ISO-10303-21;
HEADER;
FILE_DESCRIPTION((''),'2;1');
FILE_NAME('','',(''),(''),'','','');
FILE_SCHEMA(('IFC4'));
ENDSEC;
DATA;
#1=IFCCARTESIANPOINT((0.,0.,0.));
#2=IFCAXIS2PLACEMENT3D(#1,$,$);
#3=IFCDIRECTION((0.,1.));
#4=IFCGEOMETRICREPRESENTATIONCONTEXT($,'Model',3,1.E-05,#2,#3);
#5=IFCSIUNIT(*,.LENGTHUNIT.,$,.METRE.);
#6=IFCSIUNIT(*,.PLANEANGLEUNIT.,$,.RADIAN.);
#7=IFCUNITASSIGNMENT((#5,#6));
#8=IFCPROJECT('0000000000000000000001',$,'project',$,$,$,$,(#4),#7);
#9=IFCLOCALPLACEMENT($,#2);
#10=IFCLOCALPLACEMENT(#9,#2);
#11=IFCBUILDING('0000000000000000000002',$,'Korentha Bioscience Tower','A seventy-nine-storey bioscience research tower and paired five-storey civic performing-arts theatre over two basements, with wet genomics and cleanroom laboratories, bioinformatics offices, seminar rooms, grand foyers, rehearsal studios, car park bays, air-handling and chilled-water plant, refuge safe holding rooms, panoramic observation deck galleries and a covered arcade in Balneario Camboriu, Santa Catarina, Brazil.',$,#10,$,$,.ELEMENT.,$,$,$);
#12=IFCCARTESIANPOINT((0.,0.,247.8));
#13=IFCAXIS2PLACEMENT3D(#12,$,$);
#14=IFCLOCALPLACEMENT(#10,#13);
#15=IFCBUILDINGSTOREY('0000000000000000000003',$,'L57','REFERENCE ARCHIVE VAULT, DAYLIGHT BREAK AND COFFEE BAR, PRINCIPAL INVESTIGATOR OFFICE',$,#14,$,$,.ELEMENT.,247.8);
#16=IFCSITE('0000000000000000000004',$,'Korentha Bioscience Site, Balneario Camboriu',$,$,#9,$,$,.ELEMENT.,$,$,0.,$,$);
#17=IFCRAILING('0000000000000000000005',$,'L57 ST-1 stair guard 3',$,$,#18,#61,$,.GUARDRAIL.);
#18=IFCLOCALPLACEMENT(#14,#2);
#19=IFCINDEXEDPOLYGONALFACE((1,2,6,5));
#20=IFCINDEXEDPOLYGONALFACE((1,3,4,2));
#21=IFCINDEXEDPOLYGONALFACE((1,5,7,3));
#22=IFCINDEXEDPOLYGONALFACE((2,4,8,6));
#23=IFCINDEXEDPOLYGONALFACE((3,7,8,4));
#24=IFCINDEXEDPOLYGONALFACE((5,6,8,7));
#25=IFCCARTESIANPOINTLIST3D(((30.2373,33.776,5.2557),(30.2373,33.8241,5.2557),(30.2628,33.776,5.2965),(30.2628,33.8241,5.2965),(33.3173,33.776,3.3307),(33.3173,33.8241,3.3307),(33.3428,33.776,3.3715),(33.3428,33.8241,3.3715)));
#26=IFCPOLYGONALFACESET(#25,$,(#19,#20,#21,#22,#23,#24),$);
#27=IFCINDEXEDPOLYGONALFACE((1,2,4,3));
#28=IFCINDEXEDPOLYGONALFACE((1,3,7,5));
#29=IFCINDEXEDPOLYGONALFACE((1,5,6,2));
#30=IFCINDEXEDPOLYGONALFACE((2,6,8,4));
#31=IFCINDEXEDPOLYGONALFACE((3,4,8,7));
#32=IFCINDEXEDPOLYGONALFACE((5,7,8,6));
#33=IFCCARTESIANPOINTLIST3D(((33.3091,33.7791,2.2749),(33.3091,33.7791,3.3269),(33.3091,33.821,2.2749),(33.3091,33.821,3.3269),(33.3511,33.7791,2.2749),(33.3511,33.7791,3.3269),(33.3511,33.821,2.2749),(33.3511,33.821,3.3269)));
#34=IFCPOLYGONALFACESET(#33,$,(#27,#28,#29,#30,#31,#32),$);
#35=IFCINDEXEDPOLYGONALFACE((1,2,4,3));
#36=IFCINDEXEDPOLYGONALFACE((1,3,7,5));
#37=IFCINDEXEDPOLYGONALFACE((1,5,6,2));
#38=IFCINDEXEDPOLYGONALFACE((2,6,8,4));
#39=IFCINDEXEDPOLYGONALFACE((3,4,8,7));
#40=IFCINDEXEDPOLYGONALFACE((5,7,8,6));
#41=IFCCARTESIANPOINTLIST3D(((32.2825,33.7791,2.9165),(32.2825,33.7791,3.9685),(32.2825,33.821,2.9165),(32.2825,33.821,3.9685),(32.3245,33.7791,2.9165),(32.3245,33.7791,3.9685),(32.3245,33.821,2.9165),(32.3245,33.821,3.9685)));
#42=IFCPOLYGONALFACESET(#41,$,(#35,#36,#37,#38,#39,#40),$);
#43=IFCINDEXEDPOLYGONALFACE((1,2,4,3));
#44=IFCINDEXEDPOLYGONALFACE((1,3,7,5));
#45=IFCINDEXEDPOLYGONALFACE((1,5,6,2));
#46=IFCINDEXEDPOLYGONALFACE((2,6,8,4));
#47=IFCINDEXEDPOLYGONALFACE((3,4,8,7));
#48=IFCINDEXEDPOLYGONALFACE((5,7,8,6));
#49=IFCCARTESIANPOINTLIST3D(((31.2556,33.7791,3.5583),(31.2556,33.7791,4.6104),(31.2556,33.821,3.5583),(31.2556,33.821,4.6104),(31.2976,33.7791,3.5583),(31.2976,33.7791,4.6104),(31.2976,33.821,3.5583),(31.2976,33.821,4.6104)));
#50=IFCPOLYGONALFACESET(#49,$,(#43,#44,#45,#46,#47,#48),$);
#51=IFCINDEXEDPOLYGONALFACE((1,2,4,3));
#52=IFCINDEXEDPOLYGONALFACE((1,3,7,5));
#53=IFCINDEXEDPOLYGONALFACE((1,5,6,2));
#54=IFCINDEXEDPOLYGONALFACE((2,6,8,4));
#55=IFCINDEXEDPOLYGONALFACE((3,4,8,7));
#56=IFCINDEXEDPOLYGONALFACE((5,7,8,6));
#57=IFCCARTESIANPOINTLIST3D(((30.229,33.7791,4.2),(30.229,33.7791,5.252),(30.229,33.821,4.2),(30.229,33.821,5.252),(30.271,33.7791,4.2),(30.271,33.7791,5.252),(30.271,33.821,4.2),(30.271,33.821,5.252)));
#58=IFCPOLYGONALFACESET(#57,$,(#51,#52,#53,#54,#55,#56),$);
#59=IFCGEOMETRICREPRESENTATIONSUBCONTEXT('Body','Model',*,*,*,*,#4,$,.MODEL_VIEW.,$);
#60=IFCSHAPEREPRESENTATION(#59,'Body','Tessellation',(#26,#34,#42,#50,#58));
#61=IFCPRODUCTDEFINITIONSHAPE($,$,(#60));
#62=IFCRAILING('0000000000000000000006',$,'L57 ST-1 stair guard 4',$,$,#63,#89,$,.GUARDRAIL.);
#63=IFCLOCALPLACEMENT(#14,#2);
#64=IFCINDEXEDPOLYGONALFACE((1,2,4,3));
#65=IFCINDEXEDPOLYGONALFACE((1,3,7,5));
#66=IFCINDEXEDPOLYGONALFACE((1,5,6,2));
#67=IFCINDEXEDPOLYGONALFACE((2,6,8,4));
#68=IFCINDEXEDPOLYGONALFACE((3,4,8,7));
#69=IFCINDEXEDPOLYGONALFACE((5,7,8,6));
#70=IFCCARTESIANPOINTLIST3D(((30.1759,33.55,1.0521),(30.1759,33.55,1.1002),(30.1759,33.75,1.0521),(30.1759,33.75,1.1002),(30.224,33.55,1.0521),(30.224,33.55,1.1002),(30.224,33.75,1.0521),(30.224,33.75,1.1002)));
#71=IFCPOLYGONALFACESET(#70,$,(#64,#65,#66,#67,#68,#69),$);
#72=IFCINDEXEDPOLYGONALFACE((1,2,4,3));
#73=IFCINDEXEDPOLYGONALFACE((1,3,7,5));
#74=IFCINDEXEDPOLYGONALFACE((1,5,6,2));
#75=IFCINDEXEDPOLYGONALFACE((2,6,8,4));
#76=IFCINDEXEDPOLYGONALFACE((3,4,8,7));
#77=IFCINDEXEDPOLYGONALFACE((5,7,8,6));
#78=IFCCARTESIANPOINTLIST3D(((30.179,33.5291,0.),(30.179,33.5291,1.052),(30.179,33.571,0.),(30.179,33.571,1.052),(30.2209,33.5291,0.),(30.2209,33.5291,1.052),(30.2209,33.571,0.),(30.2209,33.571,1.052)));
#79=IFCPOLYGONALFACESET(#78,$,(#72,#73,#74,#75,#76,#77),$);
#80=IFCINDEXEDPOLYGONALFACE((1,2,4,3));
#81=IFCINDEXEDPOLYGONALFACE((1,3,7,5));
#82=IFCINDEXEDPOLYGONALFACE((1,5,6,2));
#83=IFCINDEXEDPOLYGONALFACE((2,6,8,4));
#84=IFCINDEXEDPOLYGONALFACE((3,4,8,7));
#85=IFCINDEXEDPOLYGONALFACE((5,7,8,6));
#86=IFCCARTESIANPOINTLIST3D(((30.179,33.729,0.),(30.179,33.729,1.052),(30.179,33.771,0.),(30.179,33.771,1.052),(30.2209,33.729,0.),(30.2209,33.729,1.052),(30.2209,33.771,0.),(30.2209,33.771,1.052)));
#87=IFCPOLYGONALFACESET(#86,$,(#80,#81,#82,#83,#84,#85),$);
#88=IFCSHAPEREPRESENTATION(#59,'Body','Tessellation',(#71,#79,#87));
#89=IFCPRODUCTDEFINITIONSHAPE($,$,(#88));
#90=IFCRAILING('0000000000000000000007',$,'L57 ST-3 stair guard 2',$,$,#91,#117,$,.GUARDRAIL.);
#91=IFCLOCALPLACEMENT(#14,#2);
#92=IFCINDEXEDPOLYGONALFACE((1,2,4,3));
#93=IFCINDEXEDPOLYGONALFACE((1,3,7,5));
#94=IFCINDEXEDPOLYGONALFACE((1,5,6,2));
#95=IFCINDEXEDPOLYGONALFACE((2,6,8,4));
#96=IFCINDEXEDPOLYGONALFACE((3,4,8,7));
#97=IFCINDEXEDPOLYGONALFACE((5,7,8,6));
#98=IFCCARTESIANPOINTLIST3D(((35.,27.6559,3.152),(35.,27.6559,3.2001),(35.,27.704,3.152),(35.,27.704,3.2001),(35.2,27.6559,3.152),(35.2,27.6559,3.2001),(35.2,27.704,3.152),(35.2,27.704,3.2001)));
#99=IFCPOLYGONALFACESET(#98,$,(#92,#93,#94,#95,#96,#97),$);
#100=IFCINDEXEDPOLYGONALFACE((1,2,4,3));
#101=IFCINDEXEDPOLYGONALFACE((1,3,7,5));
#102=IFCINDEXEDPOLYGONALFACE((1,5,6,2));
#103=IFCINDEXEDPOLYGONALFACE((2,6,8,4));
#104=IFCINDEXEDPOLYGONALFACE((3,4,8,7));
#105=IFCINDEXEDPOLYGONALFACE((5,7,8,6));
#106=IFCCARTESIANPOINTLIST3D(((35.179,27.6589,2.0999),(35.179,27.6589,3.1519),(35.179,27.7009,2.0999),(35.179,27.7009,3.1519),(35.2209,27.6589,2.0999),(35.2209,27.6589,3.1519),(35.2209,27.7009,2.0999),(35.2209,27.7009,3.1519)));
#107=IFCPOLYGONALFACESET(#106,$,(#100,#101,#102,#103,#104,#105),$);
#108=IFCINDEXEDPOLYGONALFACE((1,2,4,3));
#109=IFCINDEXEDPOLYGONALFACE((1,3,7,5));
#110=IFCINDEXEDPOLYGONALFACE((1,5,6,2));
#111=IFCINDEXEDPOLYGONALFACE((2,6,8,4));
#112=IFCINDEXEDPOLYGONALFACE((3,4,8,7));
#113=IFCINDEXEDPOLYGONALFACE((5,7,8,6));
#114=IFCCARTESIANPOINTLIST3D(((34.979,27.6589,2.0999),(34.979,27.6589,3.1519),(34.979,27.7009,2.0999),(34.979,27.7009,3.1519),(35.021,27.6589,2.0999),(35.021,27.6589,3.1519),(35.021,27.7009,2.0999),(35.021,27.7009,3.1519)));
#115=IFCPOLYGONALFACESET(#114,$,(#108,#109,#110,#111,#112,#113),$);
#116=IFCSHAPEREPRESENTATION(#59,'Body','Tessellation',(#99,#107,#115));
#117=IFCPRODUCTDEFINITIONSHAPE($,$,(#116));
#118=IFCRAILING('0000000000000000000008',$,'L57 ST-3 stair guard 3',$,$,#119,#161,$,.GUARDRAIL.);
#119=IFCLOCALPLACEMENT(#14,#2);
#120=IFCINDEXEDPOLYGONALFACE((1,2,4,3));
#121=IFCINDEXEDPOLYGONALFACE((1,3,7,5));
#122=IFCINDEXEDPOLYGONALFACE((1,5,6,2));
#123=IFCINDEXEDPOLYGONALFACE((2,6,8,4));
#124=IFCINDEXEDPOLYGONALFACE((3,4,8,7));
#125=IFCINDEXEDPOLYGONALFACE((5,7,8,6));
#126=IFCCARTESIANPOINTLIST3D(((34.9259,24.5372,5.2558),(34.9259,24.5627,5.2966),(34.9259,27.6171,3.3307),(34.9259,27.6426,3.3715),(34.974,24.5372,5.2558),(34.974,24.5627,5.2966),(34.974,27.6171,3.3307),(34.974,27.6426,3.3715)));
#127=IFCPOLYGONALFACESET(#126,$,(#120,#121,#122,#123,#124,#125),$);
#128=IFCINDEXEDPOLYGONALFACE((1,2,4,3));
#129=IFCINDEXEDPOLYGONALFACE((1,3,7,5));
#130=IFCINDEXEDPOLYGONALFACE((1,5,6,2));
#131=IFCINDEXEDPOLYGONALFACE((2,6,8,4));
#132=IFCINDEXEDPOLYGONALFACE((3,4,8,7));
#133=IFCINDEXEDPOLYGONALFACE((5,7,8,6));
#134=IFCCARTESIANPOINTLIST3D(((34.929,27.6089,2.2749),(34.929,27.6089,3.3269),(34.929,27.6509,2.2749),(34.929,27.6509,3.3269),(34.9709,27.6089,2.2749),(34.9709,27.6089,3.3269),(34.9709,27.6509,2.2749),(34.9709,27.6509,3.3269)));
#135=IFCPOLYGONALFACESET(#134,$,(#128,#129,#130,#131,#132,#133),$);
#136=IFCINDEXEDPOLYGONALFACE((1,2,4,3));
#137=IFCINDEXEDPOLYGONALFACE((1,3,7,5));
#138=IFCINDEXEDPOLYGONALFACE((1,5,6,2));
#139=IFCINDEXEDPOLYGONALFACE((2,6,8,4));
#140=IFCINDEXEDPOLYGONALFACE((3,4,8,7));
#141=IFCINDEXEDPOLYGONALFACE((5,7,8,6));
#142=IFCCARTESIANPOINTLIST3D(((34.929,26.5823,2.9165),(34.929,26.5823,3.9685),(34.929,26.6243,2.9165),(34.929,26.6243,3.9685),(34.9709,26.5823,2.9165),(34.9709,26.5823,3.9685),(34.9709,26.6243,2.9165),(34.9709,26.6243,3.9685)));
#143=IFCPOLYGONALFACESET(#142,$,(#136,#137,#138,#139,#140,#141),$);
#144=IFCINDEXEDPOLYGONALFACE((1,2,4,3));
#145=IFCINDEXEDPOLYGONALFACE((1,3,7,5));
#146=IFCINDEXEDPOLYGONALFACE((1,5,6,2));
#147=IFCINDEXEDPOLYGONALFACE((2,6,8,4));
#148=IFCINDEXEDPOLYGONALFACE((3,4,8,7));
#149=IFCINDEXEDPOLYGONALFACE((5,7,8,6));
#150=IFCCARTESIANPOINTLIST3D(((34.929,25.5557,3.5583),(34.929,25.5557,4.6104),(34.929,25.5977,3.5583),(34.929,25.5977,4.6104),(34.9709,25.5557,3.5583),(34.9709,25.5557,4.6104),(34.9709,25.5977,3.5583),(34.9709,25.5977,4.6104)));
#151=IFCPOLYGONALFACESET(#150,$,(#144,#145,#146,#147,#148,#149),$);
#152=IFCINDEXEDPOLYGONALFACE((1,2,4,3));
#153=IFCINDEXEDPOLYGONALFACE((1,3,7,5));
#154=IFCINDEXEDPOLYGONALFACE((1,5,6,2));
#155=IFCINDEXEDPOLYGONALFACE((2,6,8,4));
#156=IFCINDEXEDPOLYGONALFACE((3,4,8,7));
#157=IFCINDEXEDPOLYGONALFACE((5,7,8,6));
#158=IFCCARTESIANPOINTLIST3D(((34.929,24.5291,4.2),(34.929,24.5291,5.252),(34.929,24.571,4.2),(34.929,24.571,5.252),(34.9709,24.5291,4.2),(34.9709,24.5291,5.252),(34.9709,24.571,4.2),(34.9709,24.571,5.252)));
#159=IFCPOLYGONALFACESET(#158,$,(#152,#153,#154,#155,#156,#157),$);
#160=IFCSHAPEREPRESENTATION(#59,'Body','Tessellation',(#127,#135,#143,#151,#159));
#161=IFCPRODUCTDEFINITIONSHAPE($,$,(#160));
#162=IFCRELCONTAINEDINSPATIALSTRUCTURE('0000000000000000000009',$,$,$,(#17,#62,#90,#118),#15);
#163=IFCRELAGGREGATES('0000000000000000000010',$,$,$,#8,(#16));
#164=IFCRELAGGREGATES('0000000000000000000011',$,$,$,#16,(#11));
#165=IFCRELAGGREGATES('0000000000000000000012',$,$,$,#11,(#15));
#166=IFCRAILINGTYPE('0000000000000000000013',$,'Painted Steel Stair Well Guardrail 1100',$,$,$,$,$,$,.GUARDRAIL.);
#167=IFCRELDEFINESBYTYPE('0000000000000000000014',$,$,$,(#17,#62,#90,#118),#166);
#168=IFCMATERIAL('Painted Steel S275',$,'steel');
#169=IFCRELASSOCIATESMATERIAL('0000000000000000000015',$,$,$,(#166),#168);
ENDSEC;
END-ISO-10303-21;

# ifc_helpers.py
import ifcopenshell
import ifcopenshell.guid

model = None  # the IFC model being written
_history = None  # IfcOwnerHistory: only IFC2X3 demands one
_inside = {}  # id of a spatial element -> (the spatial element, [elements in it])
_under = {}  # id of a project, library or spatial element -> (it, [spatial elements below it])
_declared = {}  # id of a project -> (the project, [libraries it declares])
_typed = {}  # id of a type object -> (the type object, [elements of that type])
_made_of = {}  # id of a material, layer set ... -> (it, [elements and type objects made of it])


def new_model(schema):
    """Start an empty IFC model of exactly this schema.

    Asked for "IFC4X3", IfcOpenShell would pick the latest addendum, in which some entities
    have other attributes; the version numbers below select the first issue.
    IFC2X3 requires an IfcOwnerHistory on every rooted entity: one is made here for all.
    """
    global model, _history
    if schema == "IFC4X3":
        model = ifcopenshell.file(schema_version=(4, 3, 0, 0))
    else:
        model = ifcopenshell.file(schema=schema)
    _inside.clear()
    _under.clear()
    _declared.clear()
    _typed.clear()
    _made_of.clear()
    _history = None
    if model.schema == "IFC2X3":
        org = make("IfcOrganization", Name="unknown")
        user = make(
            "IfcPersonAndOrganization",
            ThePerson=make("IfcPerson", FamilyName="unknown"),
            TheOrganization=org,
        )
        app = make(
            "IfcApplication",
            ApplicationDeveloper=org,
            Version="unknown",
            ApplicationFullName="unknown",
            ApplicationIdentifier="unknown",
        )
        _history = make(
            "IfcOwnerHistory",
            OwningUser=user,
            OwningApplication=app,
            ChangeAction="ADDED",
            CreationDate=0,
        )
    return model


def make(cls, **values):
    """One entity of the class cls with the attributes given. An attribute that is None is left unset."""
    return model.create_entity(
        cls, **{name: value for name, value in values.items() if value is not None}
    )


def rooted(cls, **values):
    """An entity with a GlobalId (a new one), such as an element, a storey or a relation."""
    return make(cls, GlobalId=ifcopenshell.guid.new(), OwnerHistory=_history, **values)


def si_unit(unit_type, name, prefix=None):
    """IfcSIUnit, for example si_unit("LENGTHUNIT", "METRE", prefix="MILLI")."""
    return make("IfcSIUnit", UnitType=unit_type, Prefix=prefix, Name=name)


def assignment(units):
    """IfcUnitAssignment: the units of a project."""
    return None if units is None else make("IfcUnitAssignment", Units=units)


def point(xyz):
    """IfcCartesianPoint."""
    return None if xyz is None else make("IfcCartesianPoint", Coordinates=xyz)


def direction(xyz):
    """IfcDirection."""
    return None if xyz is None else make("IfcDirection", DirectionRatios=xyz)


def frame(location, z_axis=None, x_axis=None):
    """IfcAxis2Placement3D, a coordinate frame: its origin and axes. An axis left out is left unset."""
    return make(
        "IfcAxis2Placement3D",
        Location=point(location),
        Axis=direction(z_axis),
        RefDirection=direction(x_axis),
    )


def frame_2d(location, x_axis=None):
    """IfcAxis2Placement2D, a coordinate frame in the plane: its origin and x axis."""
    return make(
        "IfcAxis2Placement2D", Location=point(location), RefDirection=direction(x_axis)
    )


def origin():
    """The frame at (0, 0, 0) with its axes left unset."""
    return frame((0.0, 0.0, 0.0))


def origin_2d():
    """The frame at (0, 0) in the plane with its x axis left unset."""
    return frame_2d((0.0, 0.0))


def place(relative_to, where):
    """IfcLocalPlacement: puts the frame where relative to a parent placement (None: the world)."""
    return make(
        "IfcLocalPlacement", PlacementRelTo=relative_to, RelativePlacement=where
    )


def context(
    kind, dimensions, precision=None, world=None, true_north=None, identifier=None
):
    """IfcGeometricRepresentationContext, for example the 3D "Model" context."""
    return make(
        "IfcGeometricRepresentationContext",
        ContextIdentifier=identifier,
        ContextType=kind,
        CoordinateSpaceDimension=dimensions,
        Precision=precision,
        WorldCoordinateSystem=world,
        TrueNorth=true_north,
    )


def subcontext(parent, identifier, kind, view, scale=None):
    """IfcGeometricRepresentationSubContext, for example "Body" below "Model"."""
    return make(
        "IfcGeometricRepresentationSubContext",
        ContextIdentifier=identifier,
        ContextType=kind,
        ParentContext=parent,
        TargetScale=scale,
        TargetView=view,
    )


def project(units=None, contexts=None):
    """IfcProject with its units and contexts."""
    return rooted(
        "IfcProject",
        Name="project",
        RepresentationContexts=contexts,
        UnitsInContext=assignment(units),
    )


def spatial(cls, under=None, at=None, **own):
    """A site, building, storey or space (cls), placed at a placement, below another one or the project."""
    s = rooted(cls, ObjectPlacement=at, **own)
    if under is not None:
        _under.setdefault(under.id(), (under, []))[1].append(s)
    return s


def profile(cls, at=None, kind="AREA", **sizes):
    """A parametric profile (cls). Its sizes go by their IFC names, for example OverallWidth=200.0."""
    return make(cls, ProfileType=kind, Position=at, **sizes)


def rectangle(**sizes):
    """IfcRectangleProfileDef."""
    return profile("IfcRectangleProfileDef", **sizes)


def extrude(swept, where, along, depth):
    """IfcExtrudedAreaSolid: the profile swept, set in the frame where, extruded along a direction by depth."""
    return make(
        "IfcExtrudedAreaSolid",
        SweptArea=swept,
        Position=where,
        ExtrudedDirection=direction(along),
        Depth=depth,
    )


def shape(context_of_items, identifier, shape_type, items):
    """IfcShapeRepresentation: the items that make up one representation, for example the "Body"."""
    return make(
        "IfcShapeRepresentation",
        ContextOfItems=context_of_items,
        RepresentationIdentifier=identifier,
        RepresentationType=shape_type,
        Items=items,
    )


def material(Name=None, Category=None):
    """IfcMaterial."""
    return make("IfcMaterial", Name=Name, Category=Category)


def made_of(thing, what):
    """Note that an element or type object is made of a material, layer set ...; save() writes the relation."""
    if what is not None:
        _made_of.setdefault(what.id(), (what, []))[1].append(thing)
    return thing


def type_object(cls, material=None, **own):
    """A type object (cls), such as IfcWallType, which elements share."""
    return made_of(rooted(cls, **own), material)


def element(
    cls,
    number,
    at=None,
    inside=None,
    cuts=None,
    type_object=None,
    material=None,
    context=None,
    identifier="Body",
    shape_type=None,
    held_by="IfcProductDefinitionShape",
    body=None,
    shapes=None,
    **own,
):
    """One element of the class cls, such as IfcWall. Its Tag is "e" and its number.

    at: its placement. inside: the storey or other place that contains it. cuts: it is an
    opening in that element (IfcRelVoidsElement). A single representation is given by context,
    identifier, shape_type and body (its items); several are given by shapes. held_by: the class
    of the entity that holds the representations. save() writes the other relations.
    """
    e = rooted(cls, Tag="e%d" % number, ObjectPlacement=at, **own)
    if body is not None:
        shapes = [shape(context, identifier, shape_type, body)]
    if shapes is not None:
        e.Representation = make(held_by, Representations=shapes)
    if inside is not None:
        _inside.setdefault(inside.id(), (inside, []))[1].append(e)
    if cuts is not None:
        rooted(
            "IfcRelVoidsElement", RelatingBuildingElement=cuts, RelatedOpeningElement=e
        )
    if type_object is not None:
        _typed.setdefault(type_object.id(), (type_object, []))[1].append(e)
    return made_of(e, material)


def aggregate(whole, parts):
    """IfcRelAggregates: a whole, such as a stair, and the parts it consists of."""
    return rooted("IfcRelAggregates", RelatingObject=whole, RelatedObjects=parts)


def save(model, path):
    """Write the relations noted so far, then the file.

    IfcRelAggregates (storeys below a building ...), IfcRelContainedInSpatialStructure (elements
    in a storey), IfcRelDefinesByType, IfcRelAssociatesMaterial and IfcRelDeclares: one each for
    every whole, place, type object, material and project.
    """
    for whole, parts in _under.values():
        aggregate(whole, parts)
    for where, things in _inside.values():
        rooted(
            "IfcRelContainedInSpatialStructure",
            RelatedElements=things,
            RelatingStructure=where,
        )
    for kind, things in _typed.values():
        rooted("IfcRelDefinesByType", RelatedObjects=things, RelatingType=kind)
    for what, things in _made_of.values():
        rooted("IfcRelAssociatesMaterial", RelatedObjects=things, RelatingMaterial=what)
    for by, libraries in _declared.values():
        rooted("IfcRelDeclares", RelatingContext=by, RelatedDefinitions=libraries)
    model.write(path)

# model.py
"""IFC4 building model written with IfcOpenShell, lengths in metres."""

from ifc_helpers import new_model, si_unit, direction, frame, origin, origin_2d, place, context, subcontext, project, spatial, rectangle, extrude, material, type_object, element, save


model = new_model("IFC4")

# Units and contexts
model_context = context("Model", 3, precision=1e-05, world=origin(), true_north=direction((0.0, 1.0)))
body_context = subcontext(model_context, "Body", "Model", "MODEL_VIEW")
ifc_project = project(units=[si_unit("LENGTHUNIT", "METRE"), si_unit("PLANEANGLEUNIT", "RADIAN")], contexts=[model_context])

# Site, building, storey
site_placement = place(None, origin())
site = spatial("IfcSite", under=ifc_project, at=site_placement, Name="Korentha Bioscience Site, Balneario Camboriu", CompositionType="ELEMENT", RefElevation=0.0)
building_placement = place(site_placement, origin())
building = spatial("IfcBuilding", under=site, at=building_placement, Name="Korentha Bioscience Tower", Description="A seventy-nine-storey bioscience research tower and paired five-storey civic performing-arts theatre over two basements, with wet genomics and cleanroom laboratories, bioinformatics offices, seminar rooms, grand foyers, rehearsal studios, car park bays, air-handling and chilled-water plant, refuge safe holding rooms, panoramic observation deck galleries and a covered arcade in Balneario Camboriu, Santa Catarina, Brazil.", CompositionType="ELEMENT")
storey_placement = place(building_placement, frame((0.0, 0.0, 247.8)))
storey = spatial("IfcBuildingStorey", under=building, at=storey_placement, Name="L57", Description="REFERENCE ARCHIVE VAULT, DAYLIGHT BREAK AND COFFEE BAR, PRINCIPAL INVESTIGATOR OFFICE", CompositionType="ELEMENT", Elevation=247.8)

# Railings
ifc_material_1 = material(Name="Painted Steel S275", Category="steel")
railing_type_1 = type_object("IfcRailingType", Name="Painted Steel Stair Well Guardrail 1100", PredefinedType="GUARDRAIL", material=ifc_material_1)
railing_1_placement = place(storey_placement, frame((33.3301, 33.8, 2.2749)))
element("IfcRailing", 1, at=railing_1_placement, inside=storey, type_object=railing_type_1, Name="L57 ST-1 stair guard 3", PredefinedType="GUARDRAIL", context=body_context, shape_type="SweptSolid", body=[
    extrude(rectangle(XDim=0.0481, YDim=0.0481, at=origin_2d()), frame((0.0, 0.0, 1.0762), z_axis=(-0.847998, 0.0, 0.529999), x_axis=(0.0, -1.0, 0.0)), (0.0, 0.0, 1.0), 3.6321),
    extrude(rectangle(XDim=0.042, YDim=0.042, at=origin_2d()), origin(), (0.0, 0.0, 1.0), 1.052),
    extrude(rectangle(XDim=0.042, YDim=0.042, at=origin_2d()), frame((-1.0266, 0.0, 0.6416)), (0.0, 0.0, 1.0), 1.052),
    extrude(rectangle(XDim=0.042, YDim=0.042, at=origin_2d()), frame((-2.0535, 0.0, 1.2834)), (0.0, 0.0, 1.0), 1.052),
    extrude(rectangle(XDim=0.042, YDim=0.042, at=origin_2d()), frame((-3.0801, 0.0, 1.925)), (0.0, 0.0, 1.0), 1.052),
])
railing_2_placement = place(storey_placement, frame((30.2, 33.55, 0.0)))
element("IfcRailing", 2, at=railing_2_placement, inside=storey, type_object=railing_type_1, Name="L57 ST-1 stair guard 4", PredefinedType="GUARDRAIL", context=body_context, shape_type="SweptSolid", body=[
    extrude(rectangle(XDim=0.0481, YDim=0.0481, at=origin_2d()), frame((0.0, 0.0, 1.0762), z_axis=(0.0, 1.0, 0.0), x_axis=(-1.0, 0.0, 0.0)), (0.0, 0.0, 1.0), 0.2),
    extrude(rectangle(XDim=0.042, YDim=0.042, at=origin_2d()), origin(), (0.0, 0.0, 1.0), 1.052),
    extrude(rectangle(XDim=0.042, YDim=0.042, at=origin_2d()), frame((0.0, 0.2, 0.0)), (0.0, 0.0, 1.0), 1.052),
])
railing_3_placement = place(storey_placement, frame((35.2, 27.6799, 2.0999)))
element("IfcRailing", 3, at=railing_3_placement, inside=storey, type_object=railing_type_1, Name="L57 ST-3 stair guard 2", PredefinedType="GUARDRAIL", context=body_context, shape_type="SweptSolid", body=[
    extrude(rectangle(XDim=0.0481, YDim=0.0481, at=origin_2d()), frame((0.0, 0.0, 1.0762), z_axis=(-1.0, 0.0, 0.0), x_axis=(0.0, -1.0, 0.0)), (0.0, 0.0, 1.0), 0.2),
    extrude(rectangle(XDim=0.042, YDim=0.042, at=origin_2d()), origin(), (0.0, 0.0, 1.0), 1.052),
    extrude(rectangle(XDim=0.042, YDim=0.042, at=origin_2d()), frame((-0.2, 0.0, 0.0)), (0.0, 0.0, 1.0), 1.052),
])
railing_4_placement = place(storey_placement, frame((34.95, 27.6299, 2.2749)))
element("IfcRailing", 4, at=railing_4_placement, inside=storey, type_object=railing_type_1, Name="L57 ST-3 stair guard 3", PredefinedType="GUARDRAIL", context=body_context, shape_type="SweptSolid", body=[
    extrude(rectangle(XDim=0.0481, YDim=0.0481, at=origin_2d()), frame((0.0, 0.0, 1.0762), z_axis=(0.0, -0.847979, 0.530029), x_axis=(1.0, 0.0, 0.0)), (0.0, 0.0, 1.0), 3.6321),
    extrude(rectangle(XDim=0.042, YDim=0.042, at=origin_2d()), origin(), (0.0, 0.0, 1.0), 1.052),
    extrude(rectangle(XDim=0.042, YDim=0.042, at=origin_2d()), frame((0.0, -1.0266, 0.6416)), (0.0, 0.0, 1.0), 1.052),
    extrude(rectangle(XDim=0.042, YDim=0.042, at=origin_2d()), frame((0.0, -2.0532, 1.2834)), (0.0, 0.0, 1.0), 1.052),
    extrude(rectangle(XDim=0.042, YDim=0.042, at=origin_2d()), frame((0.0, -3.0798, 1.925)), (0.0, 0.0, 1.0), 1.052),
])

save(model, "model.ifc")
